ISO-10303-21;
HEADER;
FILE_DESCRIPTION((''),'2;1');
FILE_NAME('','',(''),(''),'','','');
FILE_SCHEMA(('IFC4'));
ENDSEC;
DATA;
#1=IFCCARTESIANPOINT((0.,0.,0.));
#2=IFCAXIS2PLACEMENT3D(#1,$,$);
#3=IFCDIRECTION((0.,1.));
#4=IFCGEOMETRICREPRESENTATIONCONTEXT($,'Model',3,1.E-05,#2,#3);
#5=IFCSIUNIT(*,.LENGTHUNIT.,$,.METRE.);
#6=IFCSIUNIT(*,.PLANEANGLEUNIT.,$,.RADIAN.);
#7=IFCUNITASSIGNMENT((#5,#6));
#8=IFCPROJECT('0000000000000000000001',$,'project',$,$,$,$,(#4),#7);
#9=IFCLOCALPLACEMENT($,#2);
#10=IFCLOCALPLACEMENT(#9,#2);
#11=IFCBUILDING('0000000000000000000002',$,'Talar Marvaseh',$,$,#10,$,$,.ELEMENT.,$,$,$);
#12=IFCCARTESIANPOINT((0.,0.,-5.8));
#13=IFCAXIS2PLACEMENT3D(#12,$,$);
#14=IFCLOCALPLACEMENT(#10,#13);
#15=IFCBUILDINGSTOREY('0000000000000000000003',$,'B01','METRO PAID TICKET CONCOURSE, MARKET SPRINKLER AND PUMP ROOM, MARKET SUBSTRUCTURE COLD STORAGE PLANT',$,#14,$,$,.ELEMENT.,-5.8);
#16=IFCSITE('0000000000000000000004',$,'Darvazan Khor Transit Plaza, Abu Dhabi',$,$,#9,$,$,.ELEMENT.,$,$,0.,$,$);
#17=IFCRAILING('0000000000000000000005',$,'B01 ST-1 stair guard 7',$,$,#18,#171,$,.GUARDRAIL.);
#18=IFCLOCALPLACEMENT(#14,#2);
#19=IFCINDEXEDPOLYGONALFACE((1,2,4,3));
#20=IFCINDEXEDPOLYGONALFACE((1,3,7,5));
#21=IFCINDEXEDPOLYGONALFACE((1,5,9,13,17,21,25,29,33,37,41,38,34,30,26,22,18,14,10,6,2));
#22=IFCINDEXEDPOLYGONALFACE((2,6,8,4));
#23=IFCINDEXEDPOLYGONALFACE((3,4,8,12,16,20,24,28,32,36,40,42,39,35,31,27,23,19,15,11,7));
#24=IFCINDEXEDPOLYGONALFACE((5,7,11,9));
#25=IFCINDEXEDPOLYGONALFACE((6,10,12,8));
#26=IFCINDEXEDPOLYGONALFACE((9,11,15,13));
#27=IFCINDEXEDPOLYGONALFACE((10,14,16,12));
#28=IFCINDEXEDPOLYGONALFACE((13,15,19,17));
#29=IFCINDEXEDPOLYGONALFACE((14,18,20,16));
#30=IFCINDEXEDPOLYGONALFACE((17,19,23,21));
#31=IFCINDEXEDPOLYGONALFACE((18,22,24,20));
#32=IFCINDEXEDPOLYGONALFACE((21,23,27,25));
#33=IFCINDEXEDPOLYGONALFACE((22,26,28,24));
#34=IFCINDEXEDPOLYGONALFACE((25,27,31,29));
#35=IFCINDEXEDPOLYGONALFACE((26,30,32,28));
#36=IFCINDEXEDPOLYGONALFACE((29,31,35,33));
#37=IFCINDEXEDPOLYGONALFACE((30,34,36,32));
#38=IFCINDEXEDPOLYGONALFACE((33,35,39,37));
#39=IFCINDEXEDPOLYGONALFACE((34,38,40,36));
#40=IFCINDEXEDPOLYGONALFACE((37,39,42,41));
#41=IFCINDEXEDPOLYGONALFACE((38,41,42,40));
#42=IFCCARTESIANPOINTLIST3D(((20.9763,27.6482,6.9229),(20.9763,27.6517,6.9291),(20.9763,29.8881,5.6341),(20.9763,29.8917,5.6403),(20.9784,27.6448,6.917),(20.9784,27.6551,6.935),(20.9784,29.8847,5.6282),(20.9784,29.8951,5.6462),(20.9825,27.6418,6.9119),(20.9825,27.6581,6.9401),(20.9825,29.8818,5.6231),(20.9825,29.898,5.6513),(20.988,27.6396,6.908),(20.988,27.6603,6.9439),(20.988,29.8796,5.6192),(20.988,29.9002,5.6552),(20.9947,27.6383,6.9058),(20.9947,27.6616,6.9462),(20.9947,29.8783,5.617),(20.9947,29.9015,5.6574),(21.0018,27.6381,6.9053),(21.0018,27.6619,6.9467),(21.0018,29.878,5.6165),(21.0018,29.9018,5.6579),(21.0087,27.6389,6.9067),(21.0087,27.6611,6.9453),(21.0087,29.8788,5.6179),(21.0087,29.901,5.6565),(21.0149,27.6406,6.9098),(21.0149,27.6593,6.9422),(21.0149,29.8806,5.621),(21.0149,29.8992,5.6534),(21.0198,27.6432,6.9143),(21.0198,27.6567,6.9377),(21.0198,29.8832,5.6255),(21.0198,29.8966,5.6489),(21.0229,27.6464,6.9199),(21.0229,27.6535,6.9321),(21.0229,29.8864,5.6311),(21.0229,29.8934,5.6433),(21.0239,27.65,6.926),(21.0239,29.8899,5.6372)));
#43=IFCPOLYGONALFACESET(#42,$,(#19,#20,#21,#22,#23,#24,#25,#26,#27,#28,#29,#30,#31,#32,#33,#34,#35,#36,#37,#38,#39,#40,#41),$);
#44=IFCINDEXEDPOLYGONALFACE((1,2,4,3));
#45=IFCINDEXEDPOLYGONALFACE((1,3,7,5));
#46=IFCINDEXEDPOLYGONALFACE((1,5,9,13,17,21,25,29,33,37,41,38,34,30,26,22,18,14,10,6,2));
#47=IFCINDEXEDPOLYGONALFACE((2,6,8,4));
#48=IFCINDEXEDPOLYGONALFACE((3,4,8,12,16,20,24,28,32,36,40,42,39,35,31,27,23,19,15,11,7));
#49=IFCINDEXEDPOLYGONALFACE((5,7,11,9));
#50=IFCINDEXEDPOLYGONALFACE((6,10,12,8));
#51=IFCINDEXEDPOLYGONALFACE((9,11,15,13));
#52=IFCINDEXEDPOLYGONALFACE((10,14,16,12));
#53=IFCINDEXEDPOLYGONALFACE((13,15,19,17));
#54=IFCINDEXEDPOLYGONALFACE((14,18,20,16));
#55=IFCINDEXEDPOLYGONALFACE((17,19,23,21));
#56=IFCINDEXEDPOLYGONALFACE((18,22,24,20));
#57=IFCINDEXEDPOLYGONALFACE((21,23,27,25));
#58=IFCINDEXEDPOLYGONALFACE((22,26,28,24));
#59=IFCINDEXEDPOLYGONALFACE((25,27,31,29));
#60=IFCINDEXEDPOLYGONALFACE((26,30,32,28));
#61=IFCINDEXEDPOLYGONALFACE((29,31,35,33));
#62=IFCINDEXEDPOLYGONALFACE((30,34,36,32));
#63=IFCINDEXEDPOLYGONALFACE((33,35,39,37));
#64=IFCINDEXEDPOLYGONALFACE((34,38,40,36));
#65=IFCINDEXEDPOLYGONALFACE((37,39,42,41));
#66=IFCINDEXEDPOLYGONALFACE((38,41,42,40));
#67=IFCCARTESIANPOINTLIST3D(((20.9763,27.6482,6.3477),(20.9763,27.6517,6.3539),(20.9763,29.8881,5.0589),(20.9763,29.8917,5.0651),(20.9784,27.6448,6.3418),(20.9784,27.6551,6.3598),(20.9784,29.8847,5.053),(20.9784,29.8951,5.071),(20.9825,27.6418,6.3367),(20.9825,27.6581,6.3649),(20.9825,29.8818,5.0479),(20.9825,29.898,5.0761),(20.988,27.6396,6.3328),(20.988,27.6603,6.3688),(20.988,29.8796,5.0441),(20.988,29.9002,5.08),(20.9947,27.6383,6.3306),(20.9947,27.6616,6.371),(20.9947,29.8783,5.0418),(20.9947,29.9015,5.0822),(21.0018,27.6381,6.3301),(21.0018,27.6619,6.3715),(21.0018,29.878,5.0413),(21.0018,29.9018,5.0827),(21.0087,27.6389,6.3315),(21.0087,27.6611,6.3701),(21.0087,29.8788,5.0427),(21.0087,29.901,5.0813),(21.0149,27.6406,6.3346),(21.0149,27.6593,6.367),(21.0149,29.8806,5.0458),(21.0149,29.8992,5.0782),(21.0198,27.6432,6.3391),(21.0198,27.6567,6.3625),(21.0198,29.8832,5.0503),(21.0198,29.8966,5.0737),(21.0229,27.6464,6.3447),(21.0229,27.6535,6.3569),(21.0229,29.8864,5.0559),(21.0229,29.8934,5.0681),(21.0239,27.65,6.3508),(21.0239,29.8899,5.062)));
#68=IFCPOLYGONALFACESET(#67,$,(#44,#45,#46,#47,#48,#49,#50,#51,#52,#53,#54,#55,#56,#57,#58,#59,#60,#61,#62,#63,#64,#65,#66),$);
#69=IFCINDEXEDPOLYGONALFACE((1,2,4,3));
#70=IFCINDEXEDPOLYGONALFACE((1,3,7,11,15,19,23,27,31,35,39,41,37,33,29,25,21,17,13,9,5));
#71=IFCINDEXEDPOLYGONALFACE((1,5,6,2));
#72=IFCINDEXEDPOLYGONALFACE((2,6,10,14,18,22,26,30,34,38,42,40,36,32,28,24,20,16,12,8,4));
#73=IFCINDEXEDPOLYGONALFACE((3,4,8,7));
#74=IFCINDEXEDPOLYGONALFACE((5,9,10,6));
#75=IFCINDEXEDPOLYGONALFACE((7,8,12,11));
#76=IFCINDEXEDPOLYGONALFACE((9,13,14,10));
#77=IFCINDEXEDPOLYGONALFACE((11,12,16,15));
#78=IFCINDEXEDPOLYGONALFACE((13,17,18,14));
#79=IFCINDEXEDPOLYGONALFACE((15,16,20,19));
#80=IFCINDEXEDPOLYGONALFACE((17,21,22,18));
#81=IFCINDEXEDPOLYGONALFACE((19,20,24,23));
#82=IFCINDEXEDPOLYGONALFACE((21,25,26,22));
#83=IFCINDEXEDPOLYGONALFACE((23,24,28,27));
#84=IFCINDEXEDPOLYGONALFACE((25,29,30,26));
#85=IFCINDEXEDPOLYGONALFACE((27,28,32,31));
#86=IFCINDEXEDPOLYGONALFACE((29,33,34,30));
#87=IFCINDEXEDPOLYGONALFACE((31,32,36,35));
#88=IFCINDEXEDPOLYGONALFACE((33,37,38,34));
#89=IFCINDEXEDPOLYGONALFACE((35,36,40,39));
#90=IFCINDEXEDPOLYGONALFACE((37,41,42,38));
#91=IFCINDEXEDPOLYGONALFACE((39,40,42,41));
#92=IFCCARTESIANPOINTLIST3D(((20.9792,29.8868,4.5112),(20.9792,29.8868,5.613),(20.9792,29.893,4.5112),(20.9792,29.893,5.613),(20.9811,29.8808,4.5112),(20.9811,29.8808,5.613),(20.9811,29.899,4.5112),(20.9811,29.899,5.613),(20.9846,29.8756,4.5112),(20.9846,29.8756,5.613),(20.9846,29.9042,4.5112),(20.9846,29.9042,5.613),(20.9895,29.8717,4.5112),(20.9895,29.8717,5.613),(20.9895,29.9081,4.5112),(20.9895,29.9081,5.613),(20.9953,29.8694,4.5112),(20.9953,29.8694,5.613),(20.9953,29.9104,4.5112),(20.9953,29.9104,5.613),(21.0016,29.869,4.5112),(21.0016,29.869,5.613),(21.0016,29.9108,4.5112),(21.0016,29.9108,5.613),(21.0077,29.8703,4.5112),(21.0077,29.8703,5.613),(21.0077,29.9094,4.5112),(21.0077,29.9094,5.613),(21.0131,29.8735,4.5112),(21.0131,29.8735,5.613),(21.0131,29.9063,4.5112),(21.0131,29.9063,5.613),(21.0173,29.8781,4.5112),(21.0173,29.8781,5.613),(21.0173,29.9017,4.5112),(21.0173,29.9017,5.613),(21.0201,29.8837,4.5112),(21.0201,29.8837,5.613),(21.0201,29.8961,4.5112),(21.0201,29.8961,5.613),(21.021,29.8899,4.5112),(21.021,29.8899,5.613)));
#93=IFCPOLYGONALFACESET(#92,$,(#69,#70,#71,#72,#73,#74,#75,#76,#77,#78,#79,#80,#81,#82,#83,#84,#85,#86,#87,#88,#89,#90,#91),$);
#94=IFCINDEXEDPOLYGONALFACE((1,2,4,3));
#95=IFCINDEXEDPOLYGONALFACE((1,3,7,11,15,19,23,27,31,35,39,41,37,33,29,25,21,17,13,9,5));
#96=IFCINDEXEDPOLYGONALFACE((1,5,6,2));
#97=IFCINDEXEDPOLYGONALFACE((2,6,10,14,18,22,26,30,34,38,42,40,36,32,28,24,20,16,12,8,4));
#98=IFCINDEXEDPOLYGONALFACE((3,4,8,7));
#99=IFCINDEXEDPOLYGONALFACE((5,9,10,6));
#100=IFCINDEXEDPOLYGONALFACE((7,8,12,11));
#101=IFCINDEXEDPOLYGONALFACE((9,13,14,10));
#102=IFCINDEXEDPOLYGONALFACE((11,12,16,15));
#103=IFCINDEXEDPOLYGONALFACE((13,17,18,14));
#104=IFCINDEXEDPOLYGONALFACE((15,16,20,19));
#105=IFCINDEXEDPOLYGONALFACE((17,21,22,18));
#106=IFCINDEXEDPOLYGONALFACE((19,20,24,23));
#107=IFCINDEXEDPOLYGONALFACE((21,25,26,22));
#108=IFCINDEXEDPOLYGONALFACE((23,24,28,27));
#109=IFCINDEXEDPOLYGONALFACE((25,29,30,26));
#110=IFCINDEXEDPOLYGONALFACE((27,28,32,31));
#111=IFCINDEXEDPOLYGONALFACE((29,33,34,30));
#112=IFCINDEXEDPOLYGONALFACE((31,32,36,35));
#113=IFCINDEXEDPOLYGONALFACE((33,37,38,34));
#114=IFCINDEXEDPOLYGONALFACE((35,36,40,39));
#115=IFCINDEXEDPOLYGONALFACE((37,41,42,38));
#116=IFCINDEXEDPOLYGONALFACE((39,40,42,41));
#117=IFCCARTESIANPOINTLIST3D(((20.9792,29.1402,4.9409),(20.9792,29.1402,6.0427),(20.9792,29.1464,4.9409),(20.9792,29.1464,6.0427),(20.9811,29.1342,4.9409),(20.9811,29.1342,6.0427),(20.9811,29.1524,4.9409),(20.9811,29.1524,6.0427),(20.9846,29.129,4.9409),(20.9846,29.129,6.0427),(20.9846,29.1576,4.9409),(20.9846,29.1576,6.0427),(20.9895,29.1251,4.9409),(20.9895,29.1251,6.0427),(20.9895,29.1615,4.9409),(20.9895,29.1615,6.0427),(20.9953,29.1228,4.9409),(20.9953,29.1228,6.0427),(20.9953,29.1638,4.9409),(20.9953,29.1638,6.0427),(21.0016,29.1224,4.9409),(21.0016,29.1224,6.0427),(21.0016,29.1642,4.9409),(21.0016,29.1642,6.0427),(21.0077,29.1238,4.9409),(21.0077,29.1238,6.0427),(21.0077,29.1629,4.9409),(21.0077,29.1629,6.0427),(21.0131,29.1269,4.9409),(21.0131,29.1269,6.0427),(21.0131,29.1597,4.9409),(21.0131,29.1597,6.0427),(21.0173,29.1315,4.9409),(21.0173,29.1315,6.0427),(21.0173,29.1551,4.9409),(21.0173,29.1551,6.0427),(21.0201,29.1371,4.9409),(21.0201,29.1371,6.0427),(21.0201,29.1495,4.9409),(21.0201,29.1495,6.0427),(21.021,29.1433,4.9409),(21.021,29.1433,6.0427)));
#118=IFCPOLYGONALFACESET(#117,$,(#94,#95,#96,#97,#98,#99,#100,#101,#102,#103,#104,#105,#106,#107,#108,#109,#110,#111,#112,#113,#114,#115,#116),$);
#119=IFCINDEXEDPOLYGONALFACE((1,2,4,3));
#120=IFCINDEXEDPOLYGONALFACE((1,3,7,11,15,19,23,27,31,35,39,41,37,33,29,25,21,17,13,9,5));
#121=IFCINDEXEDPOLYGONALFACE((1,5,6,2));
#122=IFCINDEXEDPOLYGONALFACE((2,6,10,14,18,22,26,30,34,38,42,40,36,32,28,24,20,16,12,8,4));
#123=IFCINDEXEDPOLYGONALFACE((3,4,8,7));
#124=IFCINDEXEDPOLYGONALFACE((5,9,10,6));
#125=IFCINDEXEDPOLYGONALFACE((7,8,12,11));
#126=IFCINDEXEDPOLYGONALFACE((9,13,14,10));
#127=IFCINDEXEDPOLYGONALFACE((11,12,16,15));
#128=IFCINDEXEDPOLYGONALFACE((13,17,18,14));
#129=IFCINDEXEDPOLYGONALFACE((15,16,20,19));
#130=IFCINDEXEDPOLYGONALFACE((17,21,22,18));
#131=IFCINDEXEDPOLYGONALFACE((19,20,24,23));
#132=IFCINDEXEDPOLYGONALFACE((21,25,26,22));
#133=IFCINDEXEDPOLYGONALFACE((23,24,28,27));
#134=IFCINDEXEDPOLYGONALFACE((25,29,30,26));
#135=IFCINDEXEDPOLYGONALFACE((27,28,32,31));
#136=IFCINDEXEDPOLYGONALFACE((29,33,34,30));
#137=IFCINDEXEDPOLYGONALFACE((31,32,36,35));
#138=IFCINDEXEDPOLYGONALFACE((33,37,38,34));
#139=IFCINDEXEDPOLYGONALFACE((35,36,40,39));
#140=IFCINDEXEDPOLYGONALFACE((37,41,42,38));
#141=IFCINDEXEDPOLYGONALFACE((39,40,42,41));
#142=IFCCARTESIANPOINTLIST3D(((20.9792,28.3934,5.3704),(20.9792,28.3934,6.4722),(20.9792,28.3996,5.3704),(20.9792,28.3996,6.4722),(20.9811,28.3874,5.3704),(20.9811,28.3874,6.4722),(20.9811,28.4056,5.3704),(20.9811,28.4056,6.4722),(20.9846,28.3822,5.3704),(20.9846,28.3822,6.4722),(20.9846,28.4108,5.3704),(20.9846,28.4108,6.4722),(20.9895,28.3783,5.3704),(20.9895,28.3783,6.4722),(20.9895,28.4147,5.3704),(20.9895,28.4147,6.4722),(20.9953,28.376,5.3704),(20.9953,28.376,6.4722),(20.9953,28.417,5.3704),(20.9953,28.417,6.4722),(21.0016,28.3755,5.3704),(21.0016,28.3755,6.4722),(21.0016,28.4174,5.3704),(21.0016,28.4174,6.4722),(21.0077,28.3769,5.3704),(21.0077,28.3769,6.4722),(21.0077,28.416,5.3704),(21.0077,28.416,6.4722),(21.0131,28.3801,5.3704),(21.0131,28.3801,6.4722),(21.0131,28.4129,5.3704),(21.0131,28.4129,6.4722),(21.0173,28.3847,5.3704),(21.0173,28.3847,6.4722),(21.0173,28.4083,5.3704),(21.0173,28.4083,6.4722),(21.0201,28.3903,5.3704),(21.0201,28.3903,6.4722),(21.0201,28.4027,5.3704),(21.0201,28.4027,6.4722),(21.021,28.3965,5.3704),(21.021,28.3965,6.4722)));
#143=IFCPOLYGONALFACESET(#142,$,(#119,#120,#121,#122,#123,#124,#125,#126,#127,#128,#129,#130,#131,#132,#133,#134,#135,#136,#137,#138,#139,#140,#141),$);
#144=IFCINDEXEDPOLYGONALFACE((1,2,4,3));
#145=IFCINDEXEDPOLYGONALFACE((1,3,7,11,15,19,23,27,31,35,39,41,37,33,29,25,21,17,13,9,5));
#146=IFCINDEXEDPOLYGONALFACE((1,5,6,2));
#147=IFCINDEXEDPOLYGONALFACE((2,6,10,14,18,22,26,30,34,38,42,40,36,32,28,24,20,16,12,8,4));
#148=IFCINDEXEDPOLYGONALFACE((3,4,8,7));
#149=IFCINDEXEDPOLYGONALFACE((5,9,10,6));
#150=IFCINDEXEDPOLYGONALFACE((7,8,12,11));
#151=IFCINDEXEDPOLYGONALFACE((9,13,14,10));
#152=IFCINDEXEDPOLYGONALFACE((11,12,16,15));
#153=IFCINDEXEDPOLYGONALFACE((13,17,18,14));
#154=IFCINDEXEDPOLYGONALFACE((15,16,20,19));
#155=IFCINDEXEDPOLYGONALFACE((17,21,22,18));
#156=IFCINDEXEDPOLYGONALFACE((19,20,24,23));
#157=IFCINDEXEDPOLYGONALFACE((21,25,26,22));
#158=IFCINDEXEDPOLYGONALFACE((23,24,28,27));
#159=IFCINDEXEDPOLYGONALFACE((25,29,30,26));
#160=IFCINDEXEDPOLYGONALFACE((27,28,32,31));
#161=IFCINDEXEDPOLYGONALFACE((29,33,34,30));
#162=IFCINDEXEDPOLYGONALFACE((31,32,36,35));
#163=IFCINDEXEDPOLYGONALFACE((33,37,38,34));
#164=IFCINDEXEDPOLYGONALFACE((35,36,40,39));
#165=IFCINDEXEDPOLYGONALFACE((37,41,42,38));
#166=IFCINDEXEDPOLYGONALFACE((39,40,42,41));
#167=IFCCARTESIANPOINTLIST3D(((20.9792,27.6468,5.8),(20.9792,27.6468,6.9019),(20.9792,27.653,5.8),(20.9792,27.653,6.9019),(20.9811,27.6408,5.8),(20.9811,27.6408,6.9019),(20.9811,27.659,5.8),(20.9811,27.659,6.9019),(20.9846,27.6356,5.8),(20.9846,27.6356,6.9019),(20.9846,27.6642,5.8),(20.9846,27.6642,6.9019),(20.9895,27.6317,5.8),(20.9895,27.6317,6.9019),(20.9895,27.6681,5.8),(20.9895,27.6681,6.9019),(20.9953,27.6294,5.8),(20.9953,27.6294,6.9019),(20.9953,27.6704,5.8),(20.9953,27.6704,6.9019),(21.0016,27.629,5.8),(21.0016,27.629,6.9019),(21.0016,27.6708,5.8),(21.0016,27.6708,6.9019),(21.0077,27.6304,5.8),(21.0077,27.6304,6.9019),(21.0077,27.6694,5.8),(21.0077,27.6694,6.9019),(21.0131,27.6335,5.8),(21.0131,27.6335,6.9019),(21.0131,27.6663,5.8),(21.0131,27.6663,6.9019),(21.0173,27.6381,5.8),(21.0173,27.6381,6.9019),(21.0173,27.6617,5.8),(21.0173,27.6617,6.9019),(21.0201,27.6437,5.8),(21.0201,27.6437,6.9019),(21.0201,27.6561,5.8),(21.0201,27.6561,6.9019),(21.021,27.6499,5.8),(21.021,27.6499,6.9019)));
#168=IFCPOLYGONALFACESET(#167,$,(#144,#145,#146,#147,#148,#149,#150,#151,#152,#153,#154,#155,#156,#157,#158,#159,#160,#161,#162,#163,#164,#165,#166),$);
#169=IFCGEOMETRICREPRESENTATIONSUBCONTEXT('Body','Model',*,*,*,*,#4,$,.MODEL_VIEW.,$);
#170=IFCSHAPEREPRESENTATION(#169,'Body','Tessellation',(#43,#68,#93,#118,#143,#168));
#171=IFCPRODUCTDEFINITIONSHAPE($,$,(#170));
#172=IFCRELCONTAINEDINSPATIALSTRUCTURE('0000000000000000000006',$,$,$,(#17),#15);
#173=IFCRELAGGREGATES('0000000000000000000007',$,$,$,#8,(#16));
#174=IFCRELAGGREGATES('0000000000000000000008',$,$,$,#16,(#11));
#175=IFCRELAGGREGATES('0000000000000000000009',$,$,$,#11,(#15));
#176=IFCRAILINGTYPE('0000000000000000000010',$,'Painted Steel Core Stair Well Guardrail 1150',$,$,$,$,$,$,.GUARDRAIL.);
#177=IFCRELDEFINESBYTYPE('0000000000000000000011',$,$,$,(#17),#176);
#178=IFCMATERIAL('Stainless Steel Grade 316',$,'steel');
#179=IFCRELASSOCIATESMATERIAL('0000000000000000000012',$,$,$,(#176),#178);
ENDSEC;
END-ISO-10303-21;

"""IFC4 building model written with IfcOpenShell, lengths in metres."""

from ifc_helpers import new_model, si_unit, direction, frame, origin, origin_2d, place, context, subcontext, project, spatial, circle, extrude, material, type_object, element, save


model = new_model("IFC4")

# Units and contexts
model_context = context("Model", 3, precision=1e-05, world=origin(), true_north=direction((0.0, 1.0)))
body_context = subcontext(model_context, "Body", "Model", "MODEL_VIEW")
ifc_project = project(units=[si_unit("LENGTHUNIT", "METRE"), si_unit("PLANEANGLEUNIT", "RADIAN")], contexts=[model_context])

# Site, building, storey
site_placement = place(None, origin())
site = spatial("IfcSite", under=ifc_project, at=site_placement, Name="Darvazan Khor Transit Plaza, Abu Dhabi", CompositionType="ELEMENT", RefElevation=0.0)
building_placement = place(site_placement, origin())
building = spatial("IfcBuilding", under=site, at=building_placement, Name="Talar Marvaseh", CompositionType="ELEMENT")
storey_placement = place(building_placement, frame((0.0, 0.0, -5.8)))
storey = spatial("IfcBuildingStorey", under=building, at=storey_placement, Name="B01", Description="METRO PAID TICKET CONCOURSE, MARKET SPRINKLER AND PUMP ROOM, MARKET SUBSTRUCTURE COLD STORAGE PLANT", CompositionType="ELEMENT", Elevation=-5.8)

# Shared definitions
ifc_material_1 = material(Name="Stainless Steel Grade 316", Category="steel")

# Railing
railing_type_1 = type_object("IfcRailingType", Name="Painted Steel Core Stair Well Guardrail 1150", PredefinedType="GUARDRAIL", material=ifc_material_1)
railing_1_placement = place(storey_placement, frame((21.0, 29.8899, 4.5112)))
element("IfcRailing", 1, at=railing_1_placement, inside=storey, type_object=railing_type_1, Name="B01 ST-1 stair guard 7", PredefinedType="GUARDRAIL", context=body_context, shape_type="SweptSolid", body=[
    extrude(circle(Radius=0.0239, at=origin_2d()), frame((0.0, 0.0, 1.126), z_axis=(0.0, -0.866768, 0.498711), x_axis=(1.0, 0.0, 0.0)), (0.0, 0.0, 1.0), 2.5842),
    extrude(circle(Radius=0.0239, at=origin_2d()), frame((0.0, 0.0, 0.5508), z_axis=(0.0, -0.866768, 0.498711), x_axis=(1.0, 0.0, 0.0)), (0.0, 0.0, 1.0), 2.5842),
    extrude(circle(Radius=0.021, at=origin_2d()), origin(), (0.0, 0.0, 1.0), 1.1018),
    extrude(circle(Radius=0.021, at=origin_2d()), frame((0.0, -0.7466, 0.4297)), (0.0, 0.0, 1.0), 1.1018),
    extrude(circle(Radius=0.021, at=origin_2d()), frame((0.0, -1.4934, 0.8591)), (0.0, 0.0, 1.0), 1.1018),
    extrude(circle(Radius=0.021, at=origin_2d()), frame((0.0, -2.24, 1.2888)), (0.0, 0.0, 1.0), 1.1018),
])

save(model, "model.ifc")
